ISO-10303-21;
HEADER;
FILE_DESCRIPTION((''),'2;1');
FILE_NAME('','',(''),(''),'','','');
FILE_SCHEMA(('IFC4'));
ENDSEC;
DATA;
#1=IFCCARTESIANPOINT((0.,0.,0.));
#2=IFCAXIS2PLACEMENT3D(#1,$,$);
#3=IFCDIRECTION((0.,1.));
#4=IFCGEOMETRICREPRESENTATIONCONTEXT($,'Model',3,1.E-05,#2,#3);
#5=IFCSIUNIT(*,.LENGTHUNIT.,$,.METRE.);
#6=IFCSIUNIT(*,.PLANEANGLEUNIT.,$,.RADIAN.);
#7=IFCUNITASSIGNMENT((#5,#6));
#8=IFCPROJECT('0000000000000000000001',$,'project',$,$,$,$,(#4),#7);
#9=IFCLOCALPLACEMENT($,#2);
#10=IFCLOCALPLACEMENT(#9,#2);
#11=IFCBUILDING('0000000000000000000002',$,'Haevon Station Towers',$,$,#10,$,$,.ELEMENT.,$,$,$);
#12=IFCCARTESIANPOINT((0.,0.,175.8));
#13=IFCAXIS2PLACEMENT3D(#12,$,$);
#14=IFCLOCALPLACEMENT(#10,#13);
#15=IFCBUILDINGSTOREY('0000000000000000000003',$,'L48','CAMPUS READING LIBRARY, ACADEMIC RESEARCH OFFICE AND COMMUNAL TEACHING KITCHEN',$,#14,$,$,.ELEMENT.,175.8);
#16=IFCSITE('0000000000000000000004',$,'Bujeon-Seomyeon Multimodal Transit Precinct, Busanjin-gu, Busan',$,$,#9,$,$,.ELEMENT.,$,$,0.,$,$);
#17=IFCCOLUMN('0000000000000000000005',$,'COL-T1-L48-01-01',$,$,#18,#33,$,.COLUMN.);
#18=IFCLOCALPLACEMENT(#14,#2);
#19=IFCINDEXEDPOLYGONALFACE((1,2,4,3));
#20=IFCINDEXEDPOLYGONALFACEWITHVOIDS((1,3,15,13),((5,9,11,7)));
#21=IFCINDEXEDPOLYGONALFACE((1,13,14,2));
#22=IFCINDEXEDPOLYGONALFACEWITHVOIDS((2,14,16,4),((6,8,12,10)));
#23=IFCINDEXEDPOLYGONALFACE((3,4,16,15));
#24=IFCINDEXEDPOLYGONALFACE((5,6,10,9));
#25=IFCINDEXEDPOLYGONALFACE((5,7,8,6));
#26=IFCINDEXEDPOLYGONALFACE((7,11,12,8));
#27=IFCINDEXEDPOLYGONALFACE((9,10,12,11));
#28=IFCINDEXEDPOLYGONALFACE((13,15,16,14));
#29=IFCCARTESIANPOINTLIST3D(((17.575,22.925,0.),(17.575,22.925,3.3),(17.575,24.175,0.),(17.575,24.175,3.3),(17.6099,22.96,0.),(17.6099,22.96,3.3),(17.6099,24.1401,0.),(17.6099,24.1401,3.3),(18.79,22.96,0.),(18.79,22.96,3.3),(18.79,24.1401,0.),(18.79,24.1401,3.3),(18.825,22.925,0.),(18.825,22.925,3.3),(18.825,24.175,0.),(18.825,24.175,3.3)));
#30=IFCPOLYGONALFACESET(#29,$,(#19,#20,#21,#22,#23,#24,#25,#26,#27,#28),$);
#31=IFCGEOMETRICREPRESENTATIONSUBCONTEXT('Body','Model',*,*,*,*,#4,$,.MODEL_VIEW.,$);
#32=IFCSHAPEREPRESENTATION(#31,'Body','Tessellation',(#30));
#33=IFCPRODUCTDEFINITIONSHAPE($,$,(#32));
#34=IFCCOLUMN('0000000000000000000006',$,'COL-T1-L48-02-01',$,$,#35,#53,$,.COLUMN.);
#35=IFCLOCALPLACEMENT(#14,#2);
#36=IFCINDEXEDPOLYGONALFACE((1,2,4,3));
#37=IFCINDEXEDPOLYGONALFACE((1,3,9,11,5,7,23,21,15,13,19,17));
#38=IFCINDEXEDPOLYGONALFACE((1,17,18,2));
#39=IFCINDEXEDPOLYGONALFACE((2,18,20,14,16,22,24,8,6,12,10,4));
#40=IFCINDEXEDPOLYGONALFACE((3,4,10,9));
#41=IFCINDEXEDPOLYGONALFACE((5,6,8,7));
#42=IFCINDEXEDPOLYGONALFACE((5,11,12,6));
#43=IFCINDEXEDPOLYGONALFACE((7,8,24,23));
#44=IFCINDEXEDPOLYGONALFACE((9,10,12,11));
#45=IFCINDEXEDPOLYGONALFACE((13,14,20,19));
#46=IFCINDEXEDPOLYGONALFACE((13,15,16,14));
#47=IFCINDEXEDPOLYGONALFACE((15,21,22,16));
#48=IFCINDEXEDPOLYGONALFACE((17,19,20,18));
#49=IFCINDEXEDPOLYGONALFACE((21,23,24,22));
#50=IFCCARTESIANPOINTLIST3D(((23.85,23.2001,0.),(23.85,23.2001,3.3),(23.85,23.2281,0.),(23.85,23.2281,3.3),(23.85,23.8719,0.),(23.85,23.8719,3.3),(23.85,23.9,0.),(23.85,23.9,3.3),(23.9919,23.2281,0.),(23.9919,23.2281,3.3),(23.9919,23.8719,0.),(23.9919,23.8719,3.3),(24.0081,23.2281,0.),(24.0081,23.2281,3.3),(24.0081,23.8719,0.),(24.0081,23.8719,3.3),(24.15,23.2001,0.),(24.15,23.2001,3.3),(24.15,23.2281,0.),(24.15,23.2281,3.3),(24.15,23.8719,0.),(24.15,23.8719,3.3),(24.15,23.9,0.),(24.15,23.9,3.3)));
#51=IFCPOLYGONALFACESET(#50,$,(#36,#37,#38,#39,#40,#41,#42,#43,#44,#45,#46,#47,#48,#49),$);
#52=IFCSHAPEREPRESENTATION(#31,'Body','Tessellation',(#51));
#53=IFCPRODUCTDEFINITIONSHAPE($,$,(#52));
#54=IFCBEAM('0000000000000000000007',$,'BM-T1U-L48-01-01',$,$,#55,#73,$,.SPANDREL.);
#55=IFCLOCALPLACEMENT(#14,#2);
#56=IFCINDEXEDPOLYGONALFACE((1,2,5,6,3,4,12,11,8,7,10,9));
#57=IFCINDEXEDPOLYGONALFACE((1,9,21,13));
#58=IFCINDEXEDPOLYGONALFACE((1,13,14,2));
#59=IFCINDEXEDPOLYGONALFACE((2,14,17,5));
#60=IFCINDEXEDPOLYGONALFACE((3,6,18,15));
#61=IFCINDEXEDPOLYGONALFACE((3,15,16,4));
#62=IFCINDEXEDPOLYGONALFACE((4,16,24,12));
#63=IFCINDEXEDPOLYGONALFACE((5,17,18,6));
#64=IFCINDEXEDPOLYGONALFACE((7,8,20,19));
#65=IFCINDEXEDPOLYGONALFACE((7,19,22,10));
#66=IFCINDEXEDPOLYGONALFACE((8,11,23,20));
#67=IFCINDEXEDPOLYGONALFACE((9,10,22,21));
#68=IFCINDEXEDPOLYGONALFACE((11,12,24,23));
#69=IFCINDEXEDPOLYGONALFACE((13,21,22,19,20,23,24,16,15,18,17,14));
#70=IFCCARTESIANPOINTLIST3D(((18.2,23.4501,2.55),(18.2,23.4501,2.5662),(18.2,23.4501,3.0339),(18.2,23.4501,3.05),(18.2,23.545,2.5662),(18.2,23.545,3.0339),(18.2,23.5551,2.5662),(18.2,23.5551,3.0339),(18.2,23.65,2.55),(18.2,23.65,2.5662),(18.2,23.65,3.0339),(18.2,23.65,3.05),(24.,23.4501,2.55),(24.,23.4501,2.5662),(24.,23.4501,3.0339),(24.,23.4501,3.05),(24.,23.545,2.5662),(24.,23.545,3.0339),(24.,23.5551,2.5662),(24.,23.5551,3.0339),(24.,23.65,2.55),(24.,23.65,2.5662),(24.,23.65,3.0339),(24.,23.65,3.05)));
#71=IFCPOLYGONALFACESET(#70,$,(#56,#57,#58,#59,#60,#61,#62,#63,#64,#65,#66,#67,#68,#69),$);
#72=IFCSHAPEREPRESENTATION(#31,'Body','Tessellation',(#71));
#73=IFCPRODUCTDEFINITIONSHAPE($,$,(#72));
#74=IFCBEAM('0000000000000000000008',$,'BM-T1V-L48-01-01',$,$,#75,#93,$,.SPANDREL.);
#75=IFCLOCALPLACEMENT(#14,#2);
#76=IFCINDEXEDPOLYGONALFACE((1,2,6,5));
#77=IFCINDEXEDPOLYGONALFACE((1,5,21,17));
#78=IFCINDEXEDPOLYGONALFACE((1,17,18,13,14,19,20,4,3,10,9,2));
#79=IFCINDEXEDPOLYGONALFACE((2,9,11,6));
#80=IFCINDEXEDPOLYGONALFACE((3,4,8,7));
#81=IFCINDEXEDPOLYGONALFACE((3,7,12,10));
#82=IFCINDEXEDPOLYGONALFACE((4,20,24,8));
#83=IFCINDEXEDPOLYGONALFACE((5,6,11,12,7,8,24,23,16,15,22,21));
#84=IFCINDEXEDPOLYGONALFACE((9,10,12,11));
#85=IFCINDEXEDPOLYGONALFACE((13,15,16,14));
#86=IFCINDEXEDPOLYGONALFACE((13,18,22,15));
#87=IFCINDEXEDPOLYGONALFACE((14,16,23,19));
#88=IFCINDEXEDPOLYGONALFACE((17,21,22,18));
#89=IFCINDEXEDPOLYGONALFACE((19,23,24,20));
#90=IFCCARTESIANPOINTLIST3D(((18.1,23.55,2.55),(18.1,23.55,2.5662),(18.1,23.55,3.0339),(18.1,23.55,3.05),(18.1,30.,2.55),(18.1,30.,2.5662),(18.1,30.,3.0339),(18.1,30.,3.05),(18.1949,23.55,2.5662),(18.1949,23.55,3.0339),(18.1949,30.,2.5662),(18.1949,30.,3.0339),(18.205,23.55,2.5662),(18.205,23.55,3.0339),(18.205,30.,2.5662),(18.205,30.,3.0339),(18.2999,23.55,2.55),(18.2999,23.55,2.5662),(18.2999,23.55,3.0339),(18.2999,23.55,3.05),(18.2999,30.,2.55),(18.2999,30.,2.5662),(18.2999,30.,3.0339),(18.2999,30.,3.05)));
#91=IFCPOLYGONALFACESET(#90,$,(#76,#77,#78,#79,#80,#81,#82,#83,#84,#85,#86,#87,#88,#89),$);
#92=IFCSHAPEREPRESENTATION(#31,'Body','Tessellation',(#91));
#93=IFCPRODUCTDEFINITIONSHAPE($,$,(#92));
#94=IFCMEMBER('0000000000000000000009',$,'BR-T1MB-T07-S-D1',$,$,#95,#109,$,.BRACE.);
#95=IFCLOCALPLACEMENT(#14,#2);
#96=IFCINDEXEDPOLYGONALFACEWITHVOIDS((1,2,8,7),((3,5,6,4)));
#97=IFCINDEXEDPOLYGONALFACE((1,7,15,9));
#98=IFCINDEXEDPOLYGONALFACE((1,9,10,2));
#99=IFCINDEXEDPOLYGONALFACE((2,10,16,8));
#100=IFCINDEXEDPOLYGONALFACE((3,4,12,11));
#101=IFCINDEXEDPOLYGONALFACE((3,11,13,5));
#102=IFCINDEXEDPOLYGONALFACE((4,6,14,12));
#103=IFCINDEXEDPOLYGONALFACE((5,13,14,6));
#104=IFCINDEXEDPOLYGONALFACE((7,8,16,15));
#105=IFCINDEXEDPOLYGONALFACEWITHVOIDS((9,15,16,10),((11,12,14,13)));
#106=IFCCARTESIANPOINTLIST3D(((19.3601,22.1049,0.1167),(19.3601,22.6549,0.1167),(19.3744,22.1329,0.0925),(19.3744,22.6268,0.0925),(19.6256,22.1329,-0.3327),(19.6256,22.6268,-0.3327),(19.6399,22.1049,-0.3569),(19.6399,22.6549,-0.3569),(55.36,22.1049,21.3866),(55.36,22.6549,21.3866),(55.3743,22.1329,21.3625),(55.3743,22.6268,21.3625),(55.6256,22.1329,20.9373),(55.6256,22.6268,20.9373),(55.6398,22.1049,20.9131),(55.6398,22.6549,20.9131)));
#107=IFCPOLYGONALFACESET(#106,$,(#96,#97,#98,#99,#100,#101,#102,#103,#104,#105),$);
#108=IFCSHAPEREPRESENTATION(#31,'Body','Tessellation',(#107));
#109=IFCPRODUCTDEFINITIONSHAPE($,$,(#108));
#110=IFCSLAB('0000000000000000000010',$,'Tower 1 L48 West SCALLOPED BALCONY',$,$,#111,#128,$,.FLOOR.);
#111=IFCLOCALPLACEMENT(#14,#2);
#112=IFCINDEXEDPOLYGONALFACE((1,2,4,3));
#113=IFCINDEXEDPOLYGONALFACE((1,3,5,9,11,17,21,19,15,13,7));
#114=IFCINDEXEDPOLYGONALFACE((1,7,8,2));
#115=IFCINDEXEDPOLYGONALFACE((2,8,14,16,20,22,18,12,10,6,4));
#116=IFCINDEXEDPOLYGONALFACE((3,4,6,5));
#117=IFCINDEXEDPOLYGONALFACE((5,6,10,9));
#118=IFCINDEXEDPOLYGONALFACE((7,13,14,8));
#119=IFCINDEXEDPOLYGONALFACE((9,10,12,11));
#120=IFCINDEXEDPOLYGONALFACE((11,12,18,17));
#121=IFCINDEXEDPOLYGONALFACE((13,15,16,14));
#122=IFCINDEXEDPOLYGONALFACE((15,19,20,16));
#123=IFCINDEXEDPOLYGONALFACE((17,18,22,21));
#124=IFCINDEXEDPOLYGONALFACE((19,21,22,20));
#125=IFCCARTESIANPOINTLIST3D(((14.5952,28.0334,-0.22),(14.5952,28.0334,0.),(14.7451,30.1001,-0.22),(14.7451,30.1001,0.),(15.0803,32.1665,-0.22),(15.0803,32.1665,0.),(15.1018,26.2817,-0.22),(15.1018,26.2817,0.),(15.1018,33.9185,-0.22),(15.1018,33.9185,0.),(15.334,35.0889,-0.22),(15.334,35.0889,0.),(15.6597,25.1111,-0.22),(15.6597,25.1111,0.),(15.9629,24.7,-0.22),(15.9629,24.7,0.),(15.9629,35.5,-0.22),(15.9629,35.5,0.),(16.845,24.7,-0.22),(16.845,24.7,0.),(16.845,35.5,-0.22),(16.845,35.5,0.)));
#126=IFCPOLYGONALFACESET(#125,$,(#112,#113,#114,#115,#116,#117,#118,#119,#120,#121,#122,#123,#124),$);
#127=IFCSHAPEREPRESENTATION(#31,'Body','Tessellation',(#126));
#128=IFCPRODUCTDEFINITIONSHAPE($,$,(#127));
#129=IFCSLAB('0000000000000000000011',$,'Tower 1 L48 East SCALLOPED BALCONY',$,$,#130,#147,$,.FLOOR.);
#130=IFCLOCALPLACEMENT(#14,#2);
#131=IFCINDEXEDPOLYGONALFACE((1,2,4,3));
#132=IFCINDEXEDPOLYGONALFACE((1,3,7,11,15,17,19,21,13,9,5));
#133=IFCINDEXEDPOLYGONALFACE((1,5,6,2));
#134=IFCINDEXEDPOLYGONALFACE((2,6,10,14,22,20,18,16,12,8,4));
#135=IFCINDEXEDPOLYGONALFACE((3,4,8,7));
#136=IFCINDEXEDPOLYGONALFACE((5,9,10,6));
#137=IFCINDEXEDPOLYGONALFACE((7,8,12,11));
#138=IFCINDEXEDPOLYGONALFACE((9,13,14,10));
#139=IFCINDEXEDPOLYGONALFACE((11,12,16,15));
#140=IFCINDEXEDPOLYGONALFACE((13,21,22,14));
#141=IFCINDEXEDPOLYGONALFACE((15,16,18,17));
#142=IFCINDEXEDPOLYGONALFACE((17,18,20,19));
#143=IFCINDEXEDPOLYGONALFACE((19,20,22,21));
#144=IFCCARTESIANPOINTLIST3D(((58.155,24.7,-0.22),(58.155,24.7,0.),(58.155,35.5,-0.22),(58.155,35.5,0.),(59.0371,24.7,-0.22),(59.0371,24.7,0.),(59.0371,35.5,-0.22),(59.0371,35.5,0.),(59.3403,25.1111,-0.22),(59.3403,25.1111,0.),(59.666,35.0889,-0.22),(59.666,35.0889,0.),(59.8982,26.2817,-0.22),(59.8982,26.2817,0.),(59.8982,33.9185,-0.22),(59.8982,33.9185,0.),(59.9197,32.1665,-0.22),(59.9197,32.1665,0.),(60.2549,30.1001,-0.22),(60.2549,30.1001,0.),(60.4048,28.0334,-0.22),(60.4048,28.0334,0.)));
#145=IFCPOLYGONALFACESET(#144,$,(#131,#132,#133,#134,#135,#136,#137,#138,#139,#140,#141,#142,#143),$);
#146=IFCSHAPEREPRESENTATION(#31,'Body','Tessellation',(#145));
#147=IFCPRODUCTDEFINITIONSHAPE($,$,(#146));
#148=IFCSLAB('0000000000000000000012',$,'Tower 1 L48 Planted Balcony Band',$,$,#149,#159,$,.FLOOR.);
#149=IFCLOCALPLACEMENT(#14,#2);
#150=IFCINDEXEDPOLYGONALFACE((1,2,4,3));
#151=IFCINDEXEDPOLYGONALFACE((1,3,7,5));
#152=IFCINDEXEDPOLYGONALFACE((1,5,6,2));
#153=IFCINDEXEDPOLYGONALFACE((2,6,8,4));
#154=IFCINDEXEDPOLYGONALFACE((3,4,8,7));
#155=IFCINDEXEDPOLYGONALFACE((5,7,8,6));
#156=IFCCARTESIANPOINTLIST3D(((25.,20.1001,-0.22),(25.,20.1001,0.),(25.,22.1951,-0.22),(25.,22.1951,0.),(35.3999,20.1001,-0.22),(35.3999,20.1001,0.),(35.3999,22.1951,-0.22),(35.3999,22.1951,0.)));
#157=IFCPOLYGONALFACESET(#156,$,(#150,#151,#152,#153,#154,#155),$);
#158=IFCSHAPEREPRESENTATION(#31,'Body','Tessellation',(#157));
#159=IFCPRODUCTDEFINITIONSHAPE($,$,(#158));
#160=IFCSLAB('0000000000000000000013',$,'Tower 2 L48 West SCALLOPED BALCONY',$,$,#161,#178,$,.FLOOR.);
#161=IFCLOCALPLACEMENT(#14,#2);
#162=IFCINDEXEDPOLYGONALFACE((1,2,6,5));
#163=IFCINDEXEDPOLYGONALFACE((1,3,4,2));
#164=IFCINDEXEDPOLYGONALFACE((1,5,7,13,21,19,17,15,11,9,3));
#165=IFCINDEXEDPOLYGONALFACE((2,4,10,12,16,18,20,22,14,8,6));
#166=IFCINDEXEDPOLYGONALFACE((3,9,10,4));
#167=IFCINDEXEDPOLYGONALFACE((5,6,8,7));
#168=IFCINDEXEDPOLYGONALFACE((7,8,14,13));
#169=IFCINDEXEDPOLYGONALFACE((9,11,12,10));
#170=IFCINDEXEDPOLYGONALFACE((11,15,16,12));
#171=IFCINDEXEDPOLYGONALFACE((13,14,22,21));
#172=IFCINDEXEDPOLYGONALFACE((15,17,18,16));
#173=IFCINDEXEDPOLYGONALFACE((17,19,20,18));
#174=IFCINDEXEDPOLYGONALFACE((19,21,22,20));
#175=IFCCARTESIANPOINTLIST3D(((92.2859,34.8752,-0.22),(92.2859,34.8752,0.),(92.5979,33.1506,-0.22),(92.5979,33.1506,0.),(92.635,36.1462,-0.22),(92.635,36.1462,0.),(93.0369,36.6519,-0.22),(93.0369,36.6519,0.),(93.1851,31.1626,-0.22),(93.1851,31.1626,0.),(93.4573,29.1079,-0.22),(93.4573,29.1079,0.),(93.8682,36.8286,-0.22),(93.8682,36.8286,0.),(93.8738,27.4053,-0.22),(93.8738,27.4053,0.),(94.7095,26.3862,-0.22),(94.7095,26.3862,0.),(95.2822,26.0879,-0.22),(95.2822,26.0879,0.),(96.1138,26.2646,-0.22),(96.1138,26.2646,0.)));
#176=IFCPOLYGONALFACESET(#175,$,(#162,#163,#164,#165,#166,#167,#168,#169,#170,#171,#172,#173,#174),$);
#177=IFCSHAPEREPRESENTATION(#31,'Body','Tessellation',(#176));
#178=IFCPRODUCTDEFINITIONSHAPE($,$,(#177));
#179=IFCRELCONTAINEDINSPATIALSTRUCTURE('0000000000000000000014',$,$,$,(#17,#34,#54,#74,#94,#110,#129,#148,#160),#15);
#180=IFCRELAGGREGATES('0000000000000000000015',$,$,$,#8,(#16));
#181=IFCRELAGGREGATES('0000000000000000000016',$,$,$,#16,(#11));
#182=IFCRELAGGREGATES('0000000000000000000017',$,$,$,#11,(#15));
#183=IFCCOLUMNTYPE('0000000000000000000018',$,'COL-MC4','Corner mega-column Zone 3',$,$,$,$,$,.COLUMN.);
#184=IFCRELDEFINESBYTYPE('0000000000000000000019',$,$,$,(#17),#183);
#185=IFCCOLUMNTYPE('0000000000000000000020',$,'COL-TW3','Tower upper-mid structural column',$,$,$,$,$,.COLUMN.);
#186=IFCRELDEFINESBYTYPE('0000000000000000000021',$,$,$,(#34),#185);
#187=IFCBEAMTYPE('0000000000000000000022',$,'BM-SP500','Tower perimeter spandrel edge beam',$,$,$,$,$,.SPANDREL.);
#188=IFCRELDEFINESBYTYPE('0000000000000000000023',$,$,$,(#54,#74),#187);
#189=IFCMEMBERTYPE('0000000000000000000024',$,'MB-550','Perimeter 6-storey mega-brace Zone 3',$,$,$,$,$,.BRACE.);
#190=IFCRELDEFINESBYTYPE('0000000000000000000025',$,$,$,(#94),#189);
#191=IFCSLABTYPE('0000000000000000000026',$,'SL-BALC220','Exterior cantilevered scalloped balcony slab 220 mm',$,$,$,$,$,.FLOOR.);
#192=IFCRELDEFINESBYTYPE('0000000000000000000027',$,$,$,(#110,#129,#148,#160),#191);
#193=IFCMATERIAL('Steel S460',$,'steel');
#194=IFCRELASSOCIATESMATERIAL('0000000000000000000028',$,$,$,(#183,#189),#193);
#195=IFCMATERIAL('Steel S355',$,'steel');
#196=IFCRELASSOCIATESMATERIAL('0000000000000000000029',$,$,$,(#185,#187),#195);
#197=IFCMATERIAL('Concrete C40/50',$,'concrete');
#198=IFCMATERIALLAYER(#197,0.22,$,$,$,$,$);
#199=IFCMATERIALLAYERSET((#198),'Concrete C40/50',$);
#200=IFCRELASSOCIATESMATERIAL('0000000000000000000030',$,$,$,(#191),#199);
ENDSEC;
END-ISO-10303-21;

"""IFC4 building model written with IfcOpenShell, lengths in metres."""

from ifc_helpers import new_model, si_unit, direction, frame, origin, origin_2d, place, context, subcontext, project, spatial, polyline, hollow_rectangle, i_section, outline, extrude, material, layer, layer_set, material_profile, profile_set, type_object, element, save


model = new_model("IFC4")

# Units and contexts
model_context = context("Model", 3, precision=1e-05, world=origin(), true_north=direction((0.0, 1.0)))
body_context = subcontext(model_context, "Body", "Model", "MODEL_VIEW")
ifc_project = project(units=[si_unit("LENGTHUNIT", "METRE"), si_unit("PLANEANGLEUNIT", "RADIAN")], contexts=[model_context])

# Site, building, storey
site_placement = place(None, origin())
site = spatial("IfcSite", under=ifc_project, at=site_placement, Name="Bujeon-Seomyeon Multimodal Transit Precinct, Busanjin-gu, Busan", CompositionType="ELEMENT", RefElevation=0.0)
building_placement = place(site_placement, origin())
building = spatial("IfcBuilding", under=site, at=building_placement, Name="Haevon Station Towers", CompositionType="ELEMENT")
storey_placement = place(building_placement, frame((0.0, 0.0, 175.8)))
storey = spatial("IfcBuildingStorey", under=building, at=storey_placement, Name="L48", Description="CAMPUS READING LIBRARY, ACADEMIC RESEARCH OFFICE AND COMMUNAL TEACHING KITCHEN", CompositionType="ELEMENT", Elevation=175.8)

# Columns
ifc_material_1 = material(Name="Steel S460", Category="steel")
ifc_material_profile_1 = material_profile(ifc_material_1, hollow_rectangle(XDim=1.25, YDim=1.25, WallThickness=0.0349, at=origin_2d()), Name="BOX-1250x1250x35")
ifc_profile_set_1 = profile_set([ifc_material_profile_1], Name="Steel S460")
column_type_1 = type_object("IfcColumnType", Name="COL-MC4", Description="Corner mega-column Zone 3", PredefinedType="COLUMN", material=ifc_profile_set_1)
column_1_placement = place(storey_placement, frame((18.2, 23.55, 0.0), z_axis=(0.0, 0.0, 1.0), x_axis=(1.0, 0.0, 0.0)))
element("IfcColumn", 1, at=column_1_placement, inside=storey, type_object=column_type_1, Name="COL-T1-L48-01-01", PredefinedType="COLUMN", context=body_context, shape_type="SweptSolid", body=[
    extrude(hollow_rectangle(XDim=1.25, YDim=1.25, WallThickness=0.0349, at=origin_2d()), origin(), (0.0, 0.0, 1.0), 3.3),
])
ifc_material_2 = material(Name="Steel S355", Category="steel")
ifc_material_profile_2 = material_profile(ifc_material_2, i_section(OverallWidth=0.3, OverallDepth=0.7, WebThickness=0.0161, FlangeThickness=0.0281, at=origin_2d()), Name="H-700x300x16x28")
ifc_profile_set_2 = profile_set([ifc_material_profile_2], Name="Steel S355")
column_type_2 = type_object("IfcColumnType", Name="COL-TW3", Description="Tower upper-mid structural column", PredefinedType="COLUMN", material=ifc_profile_set_2)
column_2_placement = place(storey_placement, frame((24.0, 23.55, 0.0), z_axis=(0.0, 0.0, 1.0), x_axis=(1.0, 0.0, 0.0)))
element("IfcColumn", 2, at=column_2_placement, inside=storey, type_object=column_type_2, Name="COL-T1-L48-02-01", PredefinedType="COLUMN", context=body_context, shape_type="SweptSolid", body=[
    extrude(i_section(OverallWidth=0.3, OverallDepth=0.7, WebThickness=0.0161, FlangeThickness=0.0281, at=origin_2d()), origin(), (0.0, 0.0, 1.0), 3.3),
])

# Beams
ifc_material_profile_3 = material_profile(ifc_material_2, i_section(OverallWidth=0.2, OverallDepth=0.5, WebThickness=0.01, FlangeThickness=0.0161, at=origin_2d()), Name="H-500x200x10x16")
ifc_profile_set_3 = profile_set([ifc_material_profile_3], Name="Steel S355")
beam_type = type_object("IfcBeamType", Name="BM-SP500", Description="Tower perimeter spandrel edge beam", PredefinedType="SPANDREL", material=ifc_profile_set_3)
beam_1_placement = place(storey_placement, frame((18.2, 23.55, 2.8), z_axis=(1.0, 0.0, 0.0), x_axis=(0.0, 1.0, 0.0)))
element("IfcBeam", 3, at=beam_1_placement, inside=storey, type_object=beam_type, Name="BM-T1U-L48-01-01", PredefinedType="SPANDREL", context=body_context, shape_type="SweptSolid", body=[
    extrude(i_section(OverallWidth=0.2, OverallDepth=0.5, WebThickness=0.01, FlangeThickness=0.0161, at=origin_2d()), origin(), (0.0, 0.0, 1.0), 5.8),
])
beam_2_placement = place(storey_placement, frame((18.2, 23.55, 2.8), z_axis=(0.0, 1.0, 0.0), x_axis=(-1.0, 0.0, 0.0)))
element("IfcBeam", 4, at=beam_2_placement, inside=storey, type_object=beam_type, Name="BM-T1V-L48-01-01", PredefinedType="SPANDREL", context=body_context, shape_type="SweptSolid", body=[
    extrude(i_section(OverallWidth=0.2, OverallDepth=0.5, WebThickness=0.01, FlangeThickness=0.0161, at=origin_2d()), origin(), (0.0, 0.0, 1.0), 6.45),
])

# Member
ifc_material_profile_4 = material_profile(ifc_material_1, hollow_rectangle(XDim=0.55, YDim=0.55, WallThickness=0.0281, at=origin_2d()), Name="RHS-550x550x28")
ifc_profile_set_4 = profile_set([ifc_material_profile_4], Name="Steel S460")
member_type = type_object("IfcMemberType", Name="MB-550", Description="Perimeter 6-storey mega-brace Zone 3", PredefinedType="BRACE", material=ifc_profile_set_4)
member_placement = place(storey_placement, frame((19.5, 22.3799, -0.1201), z_axis=(0.860955, 0.0, 0.508681), x_axis=(0.0, 1.0, 0.0)))
element("IfcMember", 5, at=member_placement, inside=storey, type_object=member_type, Name="BR-T1MB-T07-S-D1", PredefinedType="BRACE", context=body_context, shape_type="SweptSolid", body=[
    extrude(hollow_rectangle(XDim=0.55, YDim=0.55, WallThickness=0.0281, at=origin_2d()), origin(), (0.0, 0.0, 1.0), 41.814),
])

# Slabs
ifc_material_3 = material(Name="Concrete C40/50", Category="concrete")
ifc_layer_1 = layer(ifc_material_3, 0.22)
ifc_layer_set_1 = layer_set([ifc_layer_1], Name="Concrete C40/50")
slab_type_1 = type_object("IfcSlabType", Name="SL-BALC220", Description="Exterior cantilevered scalloped balcony slab 220 mm", PredefinedType="FLOOR", material=ifc_layer_set_1)
slab_1_placement = place(storey_placement, frame((0.0, 0.0, -0.22)))
element("IfcSlab", 6, at=slab_1_placement, inside=storey, type_object=slab_type_1, Name="Tower 1 L48 West SCALLOPED BALCONY", PredefinedType="FLOOR", context=body_context, shape_type="SweptSolid", body=[
    extrude(outline(polyline([(16.845, 35.5), (15.9629, 35.5), (15.334, 35.0889), (15.1018, 33.9185), (15.0803, 32.1665), (14.7451, 30.1001), (14.5952, 28.0334), (15.1018, 26.2817), (15.6597, 25.1111), (15.9629, 24.7), (16.845, 24.7), (16.845, 35.5)])), origin(), (0.0, 0.0, 1.0), 0.22),
])
slab_2_placement = place(storey_placement, frame((0.0, 0.0, -0.22)))
element("IfcSlab", 7, at=slab_2_placement, inside=storey, type_object=slab_type_1, Name="Tower 1 L48 East SCALLOPED BALCONY", PredefinedType="FLOOR", context=body_context, shape_type="SweptSolid", body=[
    extrude(outline(polyline([(58.155, 24.7), (59.0371, 24.7), (59.3403, 25.1111), (59.8982, 26.2817), (60.4048, 28.0334), (60.2549, 30.1001), (59.9197, 32.1665), (59.8982, 33.9185), (59.666, 35.0889), (59.0371, 35.5), (58.155, 35.5), (58.155, 24.7)])), origin(), (0.0, 0.0, 1.0), 0.22),
])
slab_3_placement = place(storey_placement, frame((0.0, 0.0, -0.22)))
element("IfcSlab", 8, at=slab_3_placement, inside=storey, type_object=slab_type_1, Name="Tower 1 L48 Planted Balcony Band", PredefinedType="FLOOR", context=body_context, shape_type="SweptSolid", body=[
    extrude(outline(polyline([(25.0, 20.1001), (35.3999, 20.1001), (35.3999, 22.1951), (25.0, 22.1951), (25.0, 20.1001)])), origin(), (0.0, 0.0, 1.0), 0.22),
])
slab_4_placement = place(storey_placement, frame((0.0, 0.0, -0.22)))
element("IfcSlab", 9, at=slab_4_placement, inside=storey, type_object=slab_type_1, Name="Tower 2 L48 West SCALLOPED BALCONY", PredefinedType="FLOOR", context=body_context, shape_type="SweptSolid", body=[
    extrude(outline(polyline([(93.8682, 36.8286), (93.0369, 36.6519), (92.635, 36.1462), (92.2859, 34.8752), (92.5979, 33.1506), (93.1851, 31.1626), (93.4573, 29.1079), (93.8738, 27.4053), (94.7095, 26.3862), (95.2822, 26.0879), (96.1138, 26.2646), (93.8682, 36.8286)])), origin(), (0.0, 0.0, 1.0), 0.22),
])

save(model, "model.ifc")
